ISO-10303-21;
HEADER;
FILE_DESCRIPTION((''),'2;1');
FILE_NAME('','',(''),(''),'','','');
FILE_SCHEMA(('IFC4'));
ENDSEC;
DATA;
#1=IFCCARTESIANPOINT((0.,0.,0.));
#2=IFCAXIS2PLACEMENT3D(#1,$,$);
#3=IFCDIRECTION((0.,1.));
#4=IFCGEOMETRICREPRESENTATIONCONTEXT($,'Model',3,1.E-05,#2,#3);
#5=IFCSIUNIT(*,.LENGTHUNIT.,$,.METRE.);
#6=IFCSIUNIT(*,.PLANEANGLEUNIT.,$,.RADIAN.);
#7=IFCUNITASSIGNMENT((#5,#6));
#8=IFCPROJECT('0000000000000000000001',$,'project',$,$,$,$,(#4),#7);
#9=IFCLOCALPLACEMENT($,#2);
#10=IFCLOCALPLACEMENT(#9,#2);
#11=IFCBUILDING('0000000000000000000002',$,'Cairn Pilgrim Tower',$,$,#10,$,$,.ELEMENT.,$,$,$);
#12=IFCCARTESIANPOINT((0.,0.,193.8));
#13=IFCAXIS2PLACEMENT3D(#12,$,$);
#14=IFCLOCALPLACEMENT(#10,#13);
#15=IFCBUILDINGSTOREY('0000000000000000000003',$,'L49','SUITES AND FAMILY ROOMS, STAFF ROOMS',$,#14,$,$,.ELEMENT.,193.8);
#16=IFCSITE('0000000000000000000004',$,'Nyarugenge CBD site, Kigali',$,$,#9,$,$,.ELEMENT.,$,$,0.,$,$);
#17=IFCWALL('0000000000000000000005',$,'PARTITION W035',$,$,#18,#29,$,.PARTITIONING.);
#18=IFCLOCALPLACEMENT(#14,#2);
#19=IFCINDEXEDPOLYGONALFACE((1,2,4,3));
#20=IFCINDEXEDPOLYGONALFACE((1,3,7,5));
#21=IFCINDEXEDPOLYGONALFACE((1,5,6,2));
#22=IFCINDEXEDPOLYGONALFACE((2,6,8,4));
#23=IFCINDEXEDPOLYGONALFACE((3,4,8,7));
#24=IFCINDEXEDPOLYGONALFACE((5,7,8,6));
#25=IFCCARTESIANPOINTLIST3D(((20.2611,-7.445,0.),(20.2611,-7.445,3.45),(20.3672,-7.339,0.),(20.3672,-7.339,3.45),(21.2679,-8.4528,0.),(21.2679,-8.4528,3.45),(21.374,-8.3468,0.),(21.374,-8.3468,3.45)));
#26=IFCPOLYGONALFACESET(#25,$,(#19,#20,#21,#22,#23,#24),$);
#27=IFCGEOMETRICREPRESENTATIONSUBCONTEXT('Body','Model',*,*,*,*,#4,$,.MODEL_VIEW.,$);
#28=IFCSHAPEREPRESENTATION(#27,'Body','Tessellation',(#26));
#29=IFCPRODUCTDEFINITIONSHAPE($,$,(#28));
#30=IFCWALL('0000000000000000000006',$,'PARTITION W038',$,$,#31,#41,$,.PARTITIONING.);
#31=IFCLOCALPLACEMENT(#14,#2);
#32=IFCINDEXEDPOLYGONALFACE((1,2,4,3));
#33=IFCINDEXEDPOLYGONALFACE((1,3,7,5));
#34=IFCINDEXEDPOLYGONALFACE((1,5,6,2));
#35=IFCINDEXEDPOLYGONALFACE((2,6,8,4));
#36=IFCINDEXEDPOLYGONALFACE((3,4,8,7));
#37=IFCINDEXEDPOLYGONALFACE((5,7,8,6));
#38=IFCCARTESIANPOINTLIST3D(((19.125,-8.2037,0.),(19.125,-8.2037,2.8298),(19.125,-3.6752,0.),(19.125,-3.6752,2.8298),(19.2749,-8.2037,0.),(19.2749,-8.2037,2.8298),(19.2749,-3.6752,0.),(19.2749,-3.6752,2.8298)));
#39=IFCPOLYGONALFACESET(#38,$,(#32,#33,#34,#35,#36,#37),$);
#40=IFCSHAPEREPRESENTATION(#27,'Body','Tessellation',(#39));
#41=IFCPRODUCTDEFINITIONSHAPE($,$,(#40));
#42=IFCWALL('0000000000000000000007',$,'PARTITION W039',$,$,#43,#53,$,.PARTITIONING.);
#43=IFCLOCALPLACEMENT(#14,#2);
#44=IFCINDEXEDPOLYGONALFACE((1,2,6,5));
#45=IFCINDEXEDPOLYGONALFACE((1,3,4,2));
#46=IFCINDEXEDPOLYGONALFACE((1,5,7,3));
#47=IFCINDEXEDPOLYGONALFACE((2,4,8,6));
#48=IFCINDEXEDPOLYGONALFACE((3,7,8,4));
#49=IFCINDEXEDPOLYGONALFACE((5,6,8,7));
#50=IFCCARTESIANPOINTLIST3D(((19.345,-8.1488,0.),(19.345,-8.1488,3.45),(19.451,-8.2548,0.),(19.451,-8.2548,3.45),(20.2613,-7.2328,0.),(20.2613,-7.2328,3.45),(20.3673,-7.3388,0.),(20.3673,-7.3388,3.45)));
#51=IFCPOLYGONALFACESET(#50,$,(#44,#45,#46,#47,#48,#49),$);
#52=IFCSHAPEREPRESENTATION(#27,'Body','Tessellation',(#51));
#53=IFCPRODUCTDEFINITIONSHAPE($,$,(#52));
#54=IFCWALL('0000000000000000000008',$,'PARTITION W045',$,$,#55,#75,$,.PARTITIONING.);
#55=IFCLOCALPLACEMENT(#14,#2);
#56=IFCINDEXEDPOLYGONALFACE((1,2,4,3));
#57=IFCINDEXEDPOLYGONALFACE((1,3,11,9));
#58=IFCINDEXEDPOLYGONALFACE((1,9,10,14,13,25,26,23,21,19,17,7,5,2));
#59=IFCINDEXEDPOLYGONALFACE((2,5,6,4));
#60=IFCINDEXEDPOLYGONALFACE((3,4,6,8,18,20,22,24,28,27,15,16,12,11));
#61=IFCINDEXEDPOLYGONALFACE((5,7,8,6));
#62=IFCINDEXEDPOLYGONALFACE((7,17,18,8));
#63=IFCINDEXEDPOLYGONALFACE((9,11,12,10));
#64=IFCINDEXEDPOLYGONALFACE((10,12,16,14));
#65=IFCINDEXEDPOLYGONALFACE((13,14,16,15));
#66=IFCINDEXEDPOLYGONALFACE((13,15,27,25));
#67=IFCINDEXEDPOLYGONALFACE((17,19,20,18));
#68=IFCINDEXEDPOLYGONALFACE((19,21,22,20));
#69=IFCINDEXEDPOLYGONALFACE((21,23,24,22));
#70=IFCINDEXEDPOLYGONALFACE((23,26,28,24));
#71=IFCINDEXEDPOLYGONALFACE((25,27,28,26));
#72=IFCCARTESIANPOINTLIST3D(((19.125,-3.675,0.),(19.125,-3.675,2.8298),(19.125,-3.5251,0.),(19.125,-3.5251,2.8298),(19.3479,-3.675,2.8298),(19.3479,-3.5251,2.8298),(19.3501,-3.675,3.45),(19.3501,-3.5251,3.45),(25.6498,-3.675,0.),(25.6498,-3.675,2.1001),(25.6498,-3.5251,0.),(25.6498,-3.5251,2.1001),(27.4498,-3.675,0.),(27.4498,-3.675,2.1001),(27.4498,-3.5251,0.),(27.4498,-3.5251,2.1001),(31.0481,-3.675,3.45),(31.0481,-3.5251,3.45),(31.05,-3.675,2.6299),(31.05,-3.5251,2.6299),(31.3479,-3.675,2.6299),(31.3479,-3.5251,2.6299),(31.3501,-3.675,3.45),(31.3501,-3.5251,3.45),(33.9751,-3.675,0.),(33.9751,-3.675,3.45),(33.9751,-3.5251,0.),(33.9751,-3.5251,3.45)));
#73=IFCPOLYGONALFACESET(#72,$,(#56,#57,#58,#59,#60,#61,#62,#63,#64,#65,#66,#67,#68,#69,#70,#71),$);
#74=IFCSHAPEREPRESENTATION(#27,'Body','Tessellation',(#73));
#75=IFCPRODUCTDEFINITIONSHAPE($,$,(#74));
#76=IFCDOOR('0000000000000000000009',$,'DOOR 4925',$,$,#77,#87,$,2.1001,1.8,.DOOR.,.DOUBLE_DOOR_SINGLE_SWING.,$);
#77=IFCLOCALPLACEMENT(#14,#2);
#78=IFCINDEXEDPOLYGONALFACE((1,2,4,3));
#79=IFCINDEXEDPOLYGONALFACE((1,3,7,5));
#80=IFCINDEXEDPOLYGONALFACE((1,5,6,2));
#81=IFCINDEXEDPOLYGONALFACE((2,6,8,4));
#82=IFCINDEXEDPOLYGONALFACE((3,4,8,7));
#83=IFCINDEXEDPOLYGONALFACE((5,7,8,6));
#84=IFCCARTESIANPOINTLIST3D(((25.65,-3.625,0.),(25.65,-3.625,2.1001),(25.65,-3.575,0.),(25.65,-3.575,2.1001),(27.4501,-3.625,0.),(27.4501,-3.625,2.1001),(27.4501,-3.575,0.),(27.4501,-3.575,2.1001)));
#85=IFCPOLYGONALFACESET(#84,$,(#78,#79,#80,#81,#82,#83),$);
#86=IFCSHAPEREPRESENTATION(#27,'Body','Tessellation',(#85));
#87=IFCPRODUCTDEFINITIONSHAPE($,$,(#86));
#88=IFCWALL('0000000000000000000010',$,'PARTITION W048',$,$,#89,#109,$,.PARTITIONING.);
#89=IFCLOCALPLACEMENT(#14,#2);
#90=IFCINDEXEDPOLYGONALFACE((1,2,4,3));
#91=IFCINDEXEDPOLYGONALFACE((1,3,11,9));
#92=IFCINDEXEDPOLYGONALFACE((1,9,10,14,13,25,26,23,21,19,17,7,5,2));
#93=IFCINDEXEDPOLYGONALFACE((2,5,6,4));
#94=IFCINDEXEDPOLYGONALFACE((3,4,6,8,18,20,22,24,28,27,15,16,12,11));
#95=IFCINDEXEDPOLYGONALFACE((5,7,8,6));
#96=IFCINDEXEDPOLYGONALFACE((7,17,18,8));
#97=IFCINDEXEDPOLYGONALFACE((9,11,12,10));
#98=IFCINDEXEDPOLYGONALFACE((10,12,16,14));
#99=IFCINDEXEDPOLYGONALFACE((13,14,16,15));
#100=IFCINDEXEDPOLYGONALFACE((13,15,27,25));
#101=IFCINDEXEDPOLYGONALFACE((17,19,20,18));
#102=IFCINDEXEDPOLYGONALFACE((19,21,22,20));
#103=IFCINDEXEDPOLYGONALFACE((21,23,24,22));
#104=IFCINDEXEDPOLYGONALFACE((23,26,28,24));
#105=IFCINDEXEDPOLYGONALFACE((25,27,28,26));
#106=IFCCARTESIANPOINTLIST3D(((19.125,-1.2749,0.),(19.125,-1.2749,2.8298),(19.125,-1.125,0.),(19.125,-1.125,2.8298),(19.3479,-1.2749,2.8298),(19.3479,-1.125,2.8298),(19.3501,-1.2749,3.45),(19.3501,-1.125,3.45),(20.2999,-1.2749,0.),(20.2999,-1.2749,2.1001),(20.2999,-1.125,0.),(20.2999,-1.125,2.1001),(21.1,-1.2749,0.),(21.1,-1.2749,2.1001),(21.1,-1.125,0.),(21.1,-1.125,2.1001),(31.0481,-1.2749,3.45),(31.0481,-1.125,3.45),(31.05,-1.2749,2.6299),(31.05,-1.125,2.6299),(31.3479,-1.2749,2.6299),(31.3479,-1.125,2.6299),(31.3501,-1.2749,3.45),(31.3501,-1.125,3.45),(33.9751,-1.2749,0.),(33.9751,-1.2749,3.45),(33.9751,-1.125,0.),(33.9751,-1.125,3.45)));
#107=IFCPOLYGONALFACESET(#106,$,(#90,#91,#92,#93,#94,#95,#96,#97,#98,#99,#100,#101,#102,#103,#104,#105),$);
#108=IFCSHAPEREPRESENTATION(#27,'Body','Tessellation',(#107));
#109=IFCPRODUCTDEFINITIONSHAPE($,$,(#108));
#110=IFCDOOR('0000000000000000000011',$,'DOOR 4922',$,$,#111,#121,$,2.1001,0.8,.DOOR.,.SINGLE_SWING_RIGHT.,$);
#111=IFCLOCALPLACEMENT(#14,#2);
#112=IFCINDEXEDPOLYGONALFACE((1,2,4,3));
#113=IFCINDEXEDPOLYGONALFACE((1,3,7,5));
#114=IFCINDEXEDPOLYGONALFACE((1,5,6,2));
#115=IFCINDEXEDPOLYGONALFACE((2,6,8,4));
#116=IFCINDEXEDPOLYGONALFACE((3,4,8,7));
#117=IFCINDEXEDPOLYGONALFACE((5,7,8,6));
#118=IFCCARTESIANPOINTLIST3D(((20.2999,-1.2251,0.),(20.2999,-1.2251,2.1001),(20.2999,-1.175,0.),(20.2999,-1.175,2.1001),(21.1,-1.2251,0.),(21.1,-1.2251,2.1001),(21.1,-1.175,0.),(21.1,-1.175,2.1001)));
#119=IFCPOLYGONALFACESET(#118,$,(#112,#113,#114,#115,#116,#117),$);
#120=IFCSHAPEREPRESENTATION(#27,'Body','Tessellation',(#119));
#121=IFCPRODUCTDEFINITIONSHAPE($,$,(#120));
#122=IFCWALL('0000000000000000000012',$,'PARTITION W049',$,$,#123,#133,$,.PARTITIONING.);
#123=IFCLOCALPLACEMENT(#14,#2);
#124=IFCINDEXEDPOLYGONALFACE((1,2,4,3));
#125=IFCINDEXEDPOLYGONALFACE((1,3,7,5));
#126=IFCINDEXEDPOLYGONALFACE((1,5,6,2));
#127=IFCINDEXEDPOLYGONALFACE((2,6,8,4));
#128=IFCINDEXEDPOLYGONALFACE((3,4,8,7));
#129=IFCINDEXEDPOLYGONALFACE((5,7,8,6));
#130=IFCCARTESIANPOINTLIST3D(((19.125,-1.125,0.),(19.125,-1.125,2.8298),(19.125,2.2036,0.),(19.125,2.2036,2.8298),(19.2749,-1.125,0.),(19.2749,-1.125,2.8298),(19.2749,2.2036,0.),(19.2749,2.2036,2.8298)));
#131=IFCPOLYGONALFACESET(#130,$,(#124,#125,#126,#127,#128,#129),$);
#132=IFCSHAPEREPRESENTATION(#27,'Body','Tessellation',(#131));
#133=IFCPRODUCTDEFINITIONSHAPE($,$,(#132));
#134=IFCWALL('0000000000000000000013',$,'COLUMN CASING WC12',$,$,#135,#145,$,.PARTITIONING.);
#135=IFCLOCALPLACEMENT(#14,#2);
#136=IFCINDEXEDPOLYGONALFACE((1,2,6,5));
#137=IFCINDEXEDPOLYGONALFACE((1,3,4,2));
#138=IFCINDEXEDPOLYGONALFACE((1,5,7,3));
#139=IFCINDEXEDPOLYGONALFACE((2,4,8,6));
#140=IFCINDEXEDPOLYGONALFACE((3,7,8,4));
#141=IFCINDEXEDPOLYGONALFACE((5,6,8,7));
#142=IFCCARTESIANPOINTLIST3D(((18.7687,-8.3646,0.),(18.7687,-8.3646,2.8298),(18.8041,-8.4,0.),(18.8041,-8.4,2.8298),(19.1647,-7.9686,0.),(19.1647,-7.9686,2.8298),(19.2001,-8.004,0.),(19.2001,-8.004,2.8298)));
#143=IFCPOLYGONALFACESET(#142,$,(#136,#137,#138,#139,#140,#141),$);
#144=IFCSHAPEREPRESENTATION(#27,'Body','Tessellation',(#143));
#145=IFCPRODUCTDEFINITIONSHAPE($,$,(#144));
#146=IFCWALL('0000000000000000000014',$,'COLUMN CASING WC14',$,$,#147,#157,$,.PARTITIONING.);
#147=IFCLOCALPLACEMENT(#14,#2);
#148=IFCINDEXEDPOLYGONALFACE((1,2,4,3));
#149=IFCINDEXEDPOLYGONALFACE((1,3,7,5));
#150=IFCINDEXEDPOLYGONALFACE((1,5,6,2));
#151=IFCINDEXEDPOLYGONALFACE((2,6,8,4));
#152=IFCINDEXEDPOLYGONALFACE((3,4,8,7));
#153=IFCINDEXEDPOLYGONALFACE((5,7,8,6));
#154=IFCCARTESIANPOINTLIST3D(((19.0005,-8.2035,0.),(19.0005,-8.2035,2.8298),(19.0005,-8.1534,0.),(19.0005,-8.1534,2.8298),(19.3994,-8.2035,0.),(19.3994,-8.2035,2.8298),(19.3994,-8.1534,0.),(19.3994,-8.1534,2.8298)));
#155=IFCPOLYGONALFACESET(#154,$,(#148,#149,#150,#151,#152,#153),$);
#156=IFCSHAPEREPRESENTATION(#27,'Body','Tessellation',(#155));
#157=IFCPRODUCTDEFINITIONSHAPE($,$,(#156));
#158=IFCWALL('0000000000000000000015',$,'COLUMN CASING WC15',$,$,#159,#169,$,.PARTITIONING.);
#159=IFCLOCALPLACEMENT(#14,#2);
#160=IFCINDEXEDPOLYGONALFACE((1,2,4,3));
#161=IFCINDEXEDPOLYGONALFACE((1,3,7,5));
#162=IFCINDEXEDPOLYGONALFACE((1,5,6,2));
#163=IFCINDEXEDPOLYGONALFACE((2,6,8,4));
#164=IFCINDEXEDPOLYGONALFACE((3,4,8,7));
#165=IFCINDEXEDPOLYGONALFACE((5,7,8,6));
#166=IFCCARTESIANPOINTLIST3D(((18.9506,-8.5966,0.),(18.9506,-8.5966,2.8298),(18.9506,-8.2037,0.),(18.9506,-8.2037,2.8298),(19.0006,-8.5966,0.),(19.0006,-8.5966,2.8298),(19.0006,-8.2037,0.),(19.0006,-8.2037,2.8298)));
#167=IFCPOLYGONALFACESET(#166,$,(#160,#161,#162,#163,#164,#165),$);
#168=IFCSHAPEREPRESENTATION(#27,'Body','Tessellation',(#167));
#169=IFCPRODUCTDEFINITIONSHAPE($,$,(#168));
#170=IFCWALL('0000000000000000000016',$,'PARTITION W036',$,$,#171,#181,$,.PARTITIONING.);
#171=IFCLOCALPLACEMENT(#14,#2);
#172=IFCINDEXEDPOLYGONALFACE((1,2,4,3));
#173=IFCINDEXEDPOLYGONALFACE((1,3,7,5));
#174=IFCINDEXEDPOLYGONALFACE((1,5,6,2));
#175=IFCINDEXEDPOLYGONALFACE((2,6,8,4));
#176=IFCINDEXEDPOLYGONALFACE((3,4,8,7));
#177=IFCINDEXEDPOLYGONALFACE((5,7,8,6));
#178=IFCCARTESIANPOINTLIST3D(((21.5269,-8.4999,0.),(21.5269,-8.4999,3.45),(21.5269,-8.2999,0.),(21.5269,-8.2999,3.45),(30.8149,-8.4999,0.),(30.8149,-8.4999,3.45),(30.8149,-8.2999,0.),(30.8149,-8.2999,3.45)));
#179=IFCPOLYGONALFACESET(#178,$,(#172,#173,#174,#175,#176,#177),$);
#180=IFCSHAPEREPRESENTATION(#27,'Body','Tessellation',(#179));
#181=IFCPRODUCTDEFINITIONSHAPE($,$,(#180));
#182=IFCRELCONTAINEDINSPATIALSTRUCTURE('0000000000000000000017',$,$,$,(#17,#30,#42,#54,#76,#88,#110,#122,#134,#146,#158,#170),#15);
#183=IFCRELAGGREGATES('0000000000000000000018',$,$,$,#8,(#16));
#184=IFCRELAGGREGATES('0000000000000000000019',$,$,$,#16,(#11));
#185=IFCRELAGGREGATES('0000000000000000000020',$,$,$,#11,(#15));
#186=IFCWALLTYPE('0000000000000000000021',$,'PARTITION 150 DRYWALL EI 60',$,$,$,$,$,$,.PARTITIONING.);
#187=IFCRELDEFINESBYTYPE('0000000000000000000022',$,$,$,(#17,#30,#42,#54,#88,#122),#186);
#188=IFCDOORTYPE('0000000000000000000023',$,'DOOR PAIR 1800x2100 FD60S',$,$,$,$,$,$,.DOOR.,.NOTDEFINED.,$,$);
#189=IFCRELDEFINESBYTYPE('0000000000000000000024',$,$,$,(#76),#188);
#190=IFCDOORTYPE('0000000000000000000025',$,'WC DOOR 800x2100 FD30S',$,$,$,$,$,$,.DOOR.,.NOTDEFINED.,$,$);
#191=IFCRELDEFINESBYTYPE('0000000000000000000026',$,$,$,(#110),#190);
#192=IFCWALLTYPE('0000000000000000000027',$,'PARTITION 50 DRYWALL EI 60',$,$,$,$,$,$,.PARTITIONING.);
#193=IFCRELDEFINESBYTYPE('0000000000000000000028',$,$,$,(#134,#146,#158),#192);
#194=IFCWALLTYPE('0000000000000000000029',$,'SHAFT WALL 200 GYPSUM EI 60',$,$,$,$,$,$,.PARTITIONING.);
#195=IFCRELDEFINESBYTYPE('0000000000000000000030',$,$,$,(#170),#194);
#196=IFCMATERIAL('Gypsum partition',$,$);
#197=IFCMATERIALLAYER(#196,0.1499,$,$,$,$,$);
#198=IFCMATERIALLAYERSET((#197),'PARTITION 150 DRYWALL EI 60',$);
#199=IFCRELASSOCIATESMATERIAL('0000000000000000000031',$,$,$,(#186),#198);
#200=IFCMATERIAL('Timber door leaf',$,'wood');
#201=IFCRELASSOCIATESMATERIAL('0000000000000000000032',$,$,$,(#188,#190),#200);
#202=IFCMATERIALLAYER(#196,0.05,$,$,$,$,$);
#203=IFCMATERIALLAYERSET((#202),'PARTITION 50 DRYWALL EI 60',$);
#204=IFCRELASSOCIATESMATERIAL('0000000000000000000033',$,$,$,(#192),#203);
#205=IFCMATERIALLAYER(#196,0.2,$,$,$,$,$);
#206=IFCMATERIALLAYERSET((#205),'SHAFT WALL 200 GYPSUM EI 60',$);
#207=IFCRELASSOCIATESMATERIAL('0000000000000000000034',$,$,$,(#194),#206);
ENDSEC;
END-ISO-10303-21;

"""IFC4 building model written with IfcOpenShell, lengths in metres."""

from ifc_helpers import new_model, si_unit, direction, frame, frame_2d, origin, place, context, subcontext, project, spatial, polyline, rectangle, outline, extrude, material, layer, layer_set, type_object, element, fill, save


model = new_model("IFC4")

# Units and contexts
model_context = context("Model", 3, precision=1e-05, world=origin(), true_north=direction((0.0, 1.0)))
body_context = subcontext(model_context, "Body", "Model", "MODEL_VIEW")
ifc_project = project(units=[si_unit("LENGTHUNIT", "METRE"), si_unit("PLANEANGLEUNIT", "RADIAN")], contexts=[model_context])

# Site, building, storey
site_placement = place(None, origin())
site = spatial("IfcSite", under=ifc_project, at=site_placement, Name="Nyarugenge CBD site, Kigali", CompositionType="ELEMENT", RefElevation=0.0)
building_placement = place(site_placement, origin())
building = spatial("IfcBuilding", under=site, at=building_placement, Name="Cairn Pilgrim Tower", CompositionType="ELEMENT")
storey_placement = place(building_placement, frame((0.0, 0.0, 193.8)))
storey = spatial("IfcBuildingStorey", under=building, at=storey_placement, Name="L49", Description="SUITES AND FAMILY ROOMS, STAFF ROOMS", CompositionType="ELEMENT", Elevation=193.8)

# Walls
ifc_material_1 = material(Name="Gypsum partition")
ifc_layer_1 = layer(ifc_material_1, 0.1499)
ifc_layer_set_1 = layer_set([ifc_layer_1], Name="PARTITION 150 DRYWALL EI 60")
wall_type_1 = type_object("IfcWallType", Name="PARTITION 150 DRYWALL EI 60", PredefinedType="PARTITIONING", material=ifc_layer_set_1)
wall_1_placement = place(storey_placement, frame((21.321, -8.3999, 0.0), z_axis=(0.0, 0.0, 1.0), x_axis=(-0.706764, 0.707449, 0.0)))
element("IfcWall", 1, at=wall_1_placement, inside=storey, type_object=wall_type_1, Name="PARTITION W035", PredefinedType="PARTITIONING", context=body_context, shape_type="SweptSolid", body=[
    extrude(rectangle(XDim=1.4246, YDim=0.1499, at=frame_2d((0.7124, 0.0))), origin(), (0.0, 0.0, 1.0), 3.45),
])
wall_2_placement = place(storey_placement, frame((19.2, -8.2036, 0.0), z_axis=(0.0, 0.0, 1.0), x_axis=(0.0, 1.0, 0.0)))
element("IfcWall", 2, at=wall_2_placement, inside=storey, type_object=wall_type_1, Name="PARTITION W038", PredefinedType="PARTITIONING", context=body_context, shape_type="SweptSolid", body=[
    extrude(rectangle(XDim=4.5286, YDim=0.1499, at=frame_2d((2.2642, 0.0))), origin(), (0.0, 0.0, 1.0), 2.8298),
])
wall_3_placement = place(storey_placement, frame((19.3979, -8.2019, 0.0), z_axis=(0.0, 0.0, 1.0), x_axis=(0.707201, 0.707013, 0.0)))
element("IfcWall", 3, at=wall_3_placement, inside=storey, type_object=wall_type_1, Name="PARTITION W039", PredefinedType="PARTITIONING", context=body_context, shape_type="SweptSolid", body=[
    extrude(rectangle(XDim=1.2957, YDim=0.1499, at=frame_2d((0.6479, 0.0))), origin(), (0.0, 0.0, 1.0), 3.45),
])

# Walls, openings, doors
wall_4_placement = place(storey_placement, frame((19.125, -3.6001, 0.0), z_axis=(0.0, 0.0, 1.0), x_axis=(1.0, 0.0, 0.0)))
wall_4 = element("IfcWall", 4, at=wall_4_placement, inside=storey, type_object=wall_type_1, Name="PARTITION W045", PredefinedType="PARTITIONING", context=body_context, shape_type="SweptSolid", body=[
    extrude(outline(polyline([(0.0, 0.0), (14.8501, 0.0), (14.8501, 3.45), (12.2251, 3.45), (12.2229, 2.6299), (11.925, 2.6299), (11.9231, 3.45), (0.2251, 3.45), (0.2229, 2.8298), (0.0, 2.8298), (0.0, 0.0)])), frame((0.0, 0.075, 0.0), z_axis=(0.0, -1.0, 0.0), x_axis=(1.0, 0.0, 0.0)), (0.0, 0.0, 1.0), 0.1499),
])
opening_1_placement = place(wall_4_placement, frame((6.5249, 0.0, 0.0)))
opening_1 = element("IfcOpeningElement", 5, at=opening_1_placement, cuts=wall_4, PredefinedType="OPENING", context=body_context, shape_type="SweptSolid", body=[
    extrude(rectangle(XDim=1.8, YDim=2.1001, at=frame_2d((0.8999, 1.05))), frame((0.0, 0.085, 0.0), z_axis=(0.0, -1.0, 0.0), x_axis=(1.0, 0.0, 0.0)), (0.0, 0.0, 1.0), 0.1699),
])
ifc_material_2 = material(Name="Timber door leaf", Category="wood")
door_type_1 = type_object("IfcDoorType", Name="DOOR PAIR 1800x2100 FD60S", OperationType="NOTDEFINED", PredefinedType="DOOR", material=ifc_material_2)
door_1_placement = place(opening_1_placement, frame((1.8, 0.0, 0.0), z_axis=(0.0, 0.0, 1.0), x_axis=(-1.0, 0.0, 0.0)))
door_1 = element("IfcDoor", 6, at=door_1_placement, inside=storey, type_object=door_type_1, Name="DOOR 4925", OperationType="DOUBLE_DOOR_SINGLE_SWING", OverallHeight=2.1001, OverallWidth=1.8, PredefinedType="DOOR", context=body_context, shape_type="SweptSolid", body=[
    extrude(rectangle(XDim=1.8, YDim=2.1001, at=frame_2d((0.8999, 1.05))), frame((0.0, 0.0249, 0.0), z_axis=(0.0, -1.0, 0.0), x_axis=(1.0, 0.0, 0.0)), (0.0, 0.0, 1.0), 0.05),
])
fill(opening_1, door_1)
wall_5_placement = place(storey_placement, frame((19.125, -1.2, 0.0), z_axis=(0.0, 0.0, 1.0), x_axis=(1.0, 0.0, 0.0)))
wall_5 = element("IfcWall", 7, at=wall_5_placement, inside=storey, type_object=wall_type_1, Name="PARTITION W048", PredefinedType="PARTITIONING", context=body_context, shape_type="SweptSolid", body=[
    extrude(outline(polyline([(0.0, 0.0), (14.8501, 0.0), (14.8501, 3.45), (12.2251, 3.45), (12.2229, 2.6299), (11.925, 2.6299), (11.9231, 3.45), (0.2251, 3.45), (0.2229, 2.8298), (0.0, 2.8298), (0.0, 0.0)])), frame((0.0, 0.075, 0.0), z_axis=(0.0, -1.0, 0.0), x_axis=(1.0, 0.0, 0.0)), (0.0, 0.0, 1.0), 0.1499),
])
opening_2_placement = place(wall_5_placement, frame((1.175, 0.0, 0.0)))
opening_2 = element("IfcOpeningElement", 8, at=opening_2_placement, cuts=wall_5, PredefinedType="OPENING", context=body_context, shape_type="SweptSolid", body=[
    extrude(rectangle(XDim=0.8, YDim=2.1001, at=frame_2d((0.3999, 1.05))), frame((0.0, 0.085, 0.0), z_axis=(0.0, -1.0, 0.0), x_axis=(1.0, 0.0, 0.0)), (0.0, 0.0, 1.0), 0.1699),
])
door_type_2 = type_object("IfcDoorType", Name="WC DOOR 800x2100 FD30S", OperationType="NOTDEFINED", PredefinedType="DOOR", material=ifc_material_2)
door_2_placement = place(opening_2_placement, origin())
door_2 = element("IfcDoor", 9, at=door_2_placement, inside=storey, type_object=door_type_2, Name="DOOR 4922", OperationType="SINGLE_SWING_RIGHT", OverallHeight=2.1001, OverallWidth=0.8, PredefinedType="DOOR", context=body_context, shape_type="SweptSolid", body=[
    extrude(rectangle(XDim=0.8, YDim=2.1001, at=frame_2d((0.3999, 1.05))), frame((0.0, 0.0249, 0.0), z_axis=(0.0, -1.0, 0.0), x_axis=(1.0, 0.0, 0.0)), (0.0, 0.0, 1.0), 0.05),
])
fill(opening_2, door_2)

# Walls
wall_6_placement = place(storey_placement, frame((19.2, -1.125, 0.0), z_axis=(0.0, 0.0, 1.0), x_axis=(0.0, 1.0, 0.0)))
element("IfcWall", 10, at=wall_6_placement, inside=storey, type_object=wall_type_1, Name="PARTITION W049", PredefinedType="PARTITIONING", context=body_context, shape_type="SweptSolid", body=[
    extrude(rectangle(XDim=3.3286, YDim=0.1499, at=frame_2d((1.6643, 0.0))), origin(), (0.0, 0.0, 1.0), 2.8298),
])
ifc_layer_2 = layer(ifc_material_1, 0.05)
ifc_layer_set_2 = layer_set([ifc_layer_2], Name="PARTITION 50 DRYWALL EI 60")
wall_type_2 = type_object("IfcWallType", Name="PARTITION 50 DRYWALL EI 60", PredefinedType="PARTITIONING", material=ifc_layer_set_2)
wall_7_placement = place(storey_placement, frame((18.7864, -8.3823, 0.0), z_axis=(0.0, 0.0, 1.0), x_axis=(0.707107, 0.707107, 0.0)))
element("IfcWall", 11, at=wall_7_placement, inside=storey, type_object=wall_type_2, Name="COLUMN CASING WC12", PredefinedType="PARTITIONING", context=body_context, shape_type="SweptSolid", body=[
    extrude(rectangle(XDim=0.5601, YDim=0.05, at=frame_2d((0.28, 0.0))), origin(), (0.0, 0.0, 1.0), 2.8298),
])
wall_8_placement = place(storey_placement, frame((19.0005, -8.1785, 0.0), z_axis=(0.0, 0.0, 1.0), x_axis=(1.0, 0.0, 0.0)))
element("IfcWall", 12, at=wall_8_placement, inside=storey, type_object=wall_type_2, Name="COLUMN CASING WC14", PredefinedType="PARTITIONING", context=body_context, shape_type="SweptSolid", body=[
    extrude(rectangle(XDim=0.3989, YDim=0.05, at=frame_2d((0.1995, 0.0))), origin(), (0.0, 0.0, 1.0), 2.8298),
])
wall_9_placement = place(storey_placement, frame((18.9756, -8.5964, 0.0), z_axis=(0.0, 0.0, 1.0), x_axis=(0.0, 1.0, 0.0)))
element("IfcWall", 13, at=wall_9_placement, inside=storey, type_object=wall_type_2, Name="COLUMN CASING WC15", PredefinedType="PARTITIONING", context=body_context, shape_type="SweptSolid", body=[
    extrude(rectangle(XDim=0.3928, YDim=0.05, at=frame_2d((0.1963, 0.0))), origin(), (0.0, 0.0, 1.0), 2.8298),
])
ifc_layer_3 = layer(ifc_material_1, 0.2)
ifc_layer_set_3 = layer_set([ifc_layer_3], Name="SHAFT WALL 200 GYPSUM EI 60")
wall_type_3 = type_object("IfcWallType", Name="SHAFT WALL 200 GYPSUM EI 60", PredefinedType="PARTITIONING", material=ifc_layer_set_3)
wall_10_placement = place(storey_placement, frame((21.5269, -8.3999, 0.0), z_axis=(0.0, 0.0, 1.0), x_axis=(1.0, 0.0, 0.0)))
element("IfcWall", 14, at=wall_10_placement, inside=storey, type_object=wall_type_3, Name="PARTITION W036", PredefinedType="PARTITIONING", context=body_context, shape_type="SweptSolid", body=[
    extrude(rectangle(XDim=9.2881, YDim=0.2, at=frame_2d((4.644, 0.0))), origin(), (0.0, 0.0, 1.0), 3.45),
])

save(model, "model.ifc")
